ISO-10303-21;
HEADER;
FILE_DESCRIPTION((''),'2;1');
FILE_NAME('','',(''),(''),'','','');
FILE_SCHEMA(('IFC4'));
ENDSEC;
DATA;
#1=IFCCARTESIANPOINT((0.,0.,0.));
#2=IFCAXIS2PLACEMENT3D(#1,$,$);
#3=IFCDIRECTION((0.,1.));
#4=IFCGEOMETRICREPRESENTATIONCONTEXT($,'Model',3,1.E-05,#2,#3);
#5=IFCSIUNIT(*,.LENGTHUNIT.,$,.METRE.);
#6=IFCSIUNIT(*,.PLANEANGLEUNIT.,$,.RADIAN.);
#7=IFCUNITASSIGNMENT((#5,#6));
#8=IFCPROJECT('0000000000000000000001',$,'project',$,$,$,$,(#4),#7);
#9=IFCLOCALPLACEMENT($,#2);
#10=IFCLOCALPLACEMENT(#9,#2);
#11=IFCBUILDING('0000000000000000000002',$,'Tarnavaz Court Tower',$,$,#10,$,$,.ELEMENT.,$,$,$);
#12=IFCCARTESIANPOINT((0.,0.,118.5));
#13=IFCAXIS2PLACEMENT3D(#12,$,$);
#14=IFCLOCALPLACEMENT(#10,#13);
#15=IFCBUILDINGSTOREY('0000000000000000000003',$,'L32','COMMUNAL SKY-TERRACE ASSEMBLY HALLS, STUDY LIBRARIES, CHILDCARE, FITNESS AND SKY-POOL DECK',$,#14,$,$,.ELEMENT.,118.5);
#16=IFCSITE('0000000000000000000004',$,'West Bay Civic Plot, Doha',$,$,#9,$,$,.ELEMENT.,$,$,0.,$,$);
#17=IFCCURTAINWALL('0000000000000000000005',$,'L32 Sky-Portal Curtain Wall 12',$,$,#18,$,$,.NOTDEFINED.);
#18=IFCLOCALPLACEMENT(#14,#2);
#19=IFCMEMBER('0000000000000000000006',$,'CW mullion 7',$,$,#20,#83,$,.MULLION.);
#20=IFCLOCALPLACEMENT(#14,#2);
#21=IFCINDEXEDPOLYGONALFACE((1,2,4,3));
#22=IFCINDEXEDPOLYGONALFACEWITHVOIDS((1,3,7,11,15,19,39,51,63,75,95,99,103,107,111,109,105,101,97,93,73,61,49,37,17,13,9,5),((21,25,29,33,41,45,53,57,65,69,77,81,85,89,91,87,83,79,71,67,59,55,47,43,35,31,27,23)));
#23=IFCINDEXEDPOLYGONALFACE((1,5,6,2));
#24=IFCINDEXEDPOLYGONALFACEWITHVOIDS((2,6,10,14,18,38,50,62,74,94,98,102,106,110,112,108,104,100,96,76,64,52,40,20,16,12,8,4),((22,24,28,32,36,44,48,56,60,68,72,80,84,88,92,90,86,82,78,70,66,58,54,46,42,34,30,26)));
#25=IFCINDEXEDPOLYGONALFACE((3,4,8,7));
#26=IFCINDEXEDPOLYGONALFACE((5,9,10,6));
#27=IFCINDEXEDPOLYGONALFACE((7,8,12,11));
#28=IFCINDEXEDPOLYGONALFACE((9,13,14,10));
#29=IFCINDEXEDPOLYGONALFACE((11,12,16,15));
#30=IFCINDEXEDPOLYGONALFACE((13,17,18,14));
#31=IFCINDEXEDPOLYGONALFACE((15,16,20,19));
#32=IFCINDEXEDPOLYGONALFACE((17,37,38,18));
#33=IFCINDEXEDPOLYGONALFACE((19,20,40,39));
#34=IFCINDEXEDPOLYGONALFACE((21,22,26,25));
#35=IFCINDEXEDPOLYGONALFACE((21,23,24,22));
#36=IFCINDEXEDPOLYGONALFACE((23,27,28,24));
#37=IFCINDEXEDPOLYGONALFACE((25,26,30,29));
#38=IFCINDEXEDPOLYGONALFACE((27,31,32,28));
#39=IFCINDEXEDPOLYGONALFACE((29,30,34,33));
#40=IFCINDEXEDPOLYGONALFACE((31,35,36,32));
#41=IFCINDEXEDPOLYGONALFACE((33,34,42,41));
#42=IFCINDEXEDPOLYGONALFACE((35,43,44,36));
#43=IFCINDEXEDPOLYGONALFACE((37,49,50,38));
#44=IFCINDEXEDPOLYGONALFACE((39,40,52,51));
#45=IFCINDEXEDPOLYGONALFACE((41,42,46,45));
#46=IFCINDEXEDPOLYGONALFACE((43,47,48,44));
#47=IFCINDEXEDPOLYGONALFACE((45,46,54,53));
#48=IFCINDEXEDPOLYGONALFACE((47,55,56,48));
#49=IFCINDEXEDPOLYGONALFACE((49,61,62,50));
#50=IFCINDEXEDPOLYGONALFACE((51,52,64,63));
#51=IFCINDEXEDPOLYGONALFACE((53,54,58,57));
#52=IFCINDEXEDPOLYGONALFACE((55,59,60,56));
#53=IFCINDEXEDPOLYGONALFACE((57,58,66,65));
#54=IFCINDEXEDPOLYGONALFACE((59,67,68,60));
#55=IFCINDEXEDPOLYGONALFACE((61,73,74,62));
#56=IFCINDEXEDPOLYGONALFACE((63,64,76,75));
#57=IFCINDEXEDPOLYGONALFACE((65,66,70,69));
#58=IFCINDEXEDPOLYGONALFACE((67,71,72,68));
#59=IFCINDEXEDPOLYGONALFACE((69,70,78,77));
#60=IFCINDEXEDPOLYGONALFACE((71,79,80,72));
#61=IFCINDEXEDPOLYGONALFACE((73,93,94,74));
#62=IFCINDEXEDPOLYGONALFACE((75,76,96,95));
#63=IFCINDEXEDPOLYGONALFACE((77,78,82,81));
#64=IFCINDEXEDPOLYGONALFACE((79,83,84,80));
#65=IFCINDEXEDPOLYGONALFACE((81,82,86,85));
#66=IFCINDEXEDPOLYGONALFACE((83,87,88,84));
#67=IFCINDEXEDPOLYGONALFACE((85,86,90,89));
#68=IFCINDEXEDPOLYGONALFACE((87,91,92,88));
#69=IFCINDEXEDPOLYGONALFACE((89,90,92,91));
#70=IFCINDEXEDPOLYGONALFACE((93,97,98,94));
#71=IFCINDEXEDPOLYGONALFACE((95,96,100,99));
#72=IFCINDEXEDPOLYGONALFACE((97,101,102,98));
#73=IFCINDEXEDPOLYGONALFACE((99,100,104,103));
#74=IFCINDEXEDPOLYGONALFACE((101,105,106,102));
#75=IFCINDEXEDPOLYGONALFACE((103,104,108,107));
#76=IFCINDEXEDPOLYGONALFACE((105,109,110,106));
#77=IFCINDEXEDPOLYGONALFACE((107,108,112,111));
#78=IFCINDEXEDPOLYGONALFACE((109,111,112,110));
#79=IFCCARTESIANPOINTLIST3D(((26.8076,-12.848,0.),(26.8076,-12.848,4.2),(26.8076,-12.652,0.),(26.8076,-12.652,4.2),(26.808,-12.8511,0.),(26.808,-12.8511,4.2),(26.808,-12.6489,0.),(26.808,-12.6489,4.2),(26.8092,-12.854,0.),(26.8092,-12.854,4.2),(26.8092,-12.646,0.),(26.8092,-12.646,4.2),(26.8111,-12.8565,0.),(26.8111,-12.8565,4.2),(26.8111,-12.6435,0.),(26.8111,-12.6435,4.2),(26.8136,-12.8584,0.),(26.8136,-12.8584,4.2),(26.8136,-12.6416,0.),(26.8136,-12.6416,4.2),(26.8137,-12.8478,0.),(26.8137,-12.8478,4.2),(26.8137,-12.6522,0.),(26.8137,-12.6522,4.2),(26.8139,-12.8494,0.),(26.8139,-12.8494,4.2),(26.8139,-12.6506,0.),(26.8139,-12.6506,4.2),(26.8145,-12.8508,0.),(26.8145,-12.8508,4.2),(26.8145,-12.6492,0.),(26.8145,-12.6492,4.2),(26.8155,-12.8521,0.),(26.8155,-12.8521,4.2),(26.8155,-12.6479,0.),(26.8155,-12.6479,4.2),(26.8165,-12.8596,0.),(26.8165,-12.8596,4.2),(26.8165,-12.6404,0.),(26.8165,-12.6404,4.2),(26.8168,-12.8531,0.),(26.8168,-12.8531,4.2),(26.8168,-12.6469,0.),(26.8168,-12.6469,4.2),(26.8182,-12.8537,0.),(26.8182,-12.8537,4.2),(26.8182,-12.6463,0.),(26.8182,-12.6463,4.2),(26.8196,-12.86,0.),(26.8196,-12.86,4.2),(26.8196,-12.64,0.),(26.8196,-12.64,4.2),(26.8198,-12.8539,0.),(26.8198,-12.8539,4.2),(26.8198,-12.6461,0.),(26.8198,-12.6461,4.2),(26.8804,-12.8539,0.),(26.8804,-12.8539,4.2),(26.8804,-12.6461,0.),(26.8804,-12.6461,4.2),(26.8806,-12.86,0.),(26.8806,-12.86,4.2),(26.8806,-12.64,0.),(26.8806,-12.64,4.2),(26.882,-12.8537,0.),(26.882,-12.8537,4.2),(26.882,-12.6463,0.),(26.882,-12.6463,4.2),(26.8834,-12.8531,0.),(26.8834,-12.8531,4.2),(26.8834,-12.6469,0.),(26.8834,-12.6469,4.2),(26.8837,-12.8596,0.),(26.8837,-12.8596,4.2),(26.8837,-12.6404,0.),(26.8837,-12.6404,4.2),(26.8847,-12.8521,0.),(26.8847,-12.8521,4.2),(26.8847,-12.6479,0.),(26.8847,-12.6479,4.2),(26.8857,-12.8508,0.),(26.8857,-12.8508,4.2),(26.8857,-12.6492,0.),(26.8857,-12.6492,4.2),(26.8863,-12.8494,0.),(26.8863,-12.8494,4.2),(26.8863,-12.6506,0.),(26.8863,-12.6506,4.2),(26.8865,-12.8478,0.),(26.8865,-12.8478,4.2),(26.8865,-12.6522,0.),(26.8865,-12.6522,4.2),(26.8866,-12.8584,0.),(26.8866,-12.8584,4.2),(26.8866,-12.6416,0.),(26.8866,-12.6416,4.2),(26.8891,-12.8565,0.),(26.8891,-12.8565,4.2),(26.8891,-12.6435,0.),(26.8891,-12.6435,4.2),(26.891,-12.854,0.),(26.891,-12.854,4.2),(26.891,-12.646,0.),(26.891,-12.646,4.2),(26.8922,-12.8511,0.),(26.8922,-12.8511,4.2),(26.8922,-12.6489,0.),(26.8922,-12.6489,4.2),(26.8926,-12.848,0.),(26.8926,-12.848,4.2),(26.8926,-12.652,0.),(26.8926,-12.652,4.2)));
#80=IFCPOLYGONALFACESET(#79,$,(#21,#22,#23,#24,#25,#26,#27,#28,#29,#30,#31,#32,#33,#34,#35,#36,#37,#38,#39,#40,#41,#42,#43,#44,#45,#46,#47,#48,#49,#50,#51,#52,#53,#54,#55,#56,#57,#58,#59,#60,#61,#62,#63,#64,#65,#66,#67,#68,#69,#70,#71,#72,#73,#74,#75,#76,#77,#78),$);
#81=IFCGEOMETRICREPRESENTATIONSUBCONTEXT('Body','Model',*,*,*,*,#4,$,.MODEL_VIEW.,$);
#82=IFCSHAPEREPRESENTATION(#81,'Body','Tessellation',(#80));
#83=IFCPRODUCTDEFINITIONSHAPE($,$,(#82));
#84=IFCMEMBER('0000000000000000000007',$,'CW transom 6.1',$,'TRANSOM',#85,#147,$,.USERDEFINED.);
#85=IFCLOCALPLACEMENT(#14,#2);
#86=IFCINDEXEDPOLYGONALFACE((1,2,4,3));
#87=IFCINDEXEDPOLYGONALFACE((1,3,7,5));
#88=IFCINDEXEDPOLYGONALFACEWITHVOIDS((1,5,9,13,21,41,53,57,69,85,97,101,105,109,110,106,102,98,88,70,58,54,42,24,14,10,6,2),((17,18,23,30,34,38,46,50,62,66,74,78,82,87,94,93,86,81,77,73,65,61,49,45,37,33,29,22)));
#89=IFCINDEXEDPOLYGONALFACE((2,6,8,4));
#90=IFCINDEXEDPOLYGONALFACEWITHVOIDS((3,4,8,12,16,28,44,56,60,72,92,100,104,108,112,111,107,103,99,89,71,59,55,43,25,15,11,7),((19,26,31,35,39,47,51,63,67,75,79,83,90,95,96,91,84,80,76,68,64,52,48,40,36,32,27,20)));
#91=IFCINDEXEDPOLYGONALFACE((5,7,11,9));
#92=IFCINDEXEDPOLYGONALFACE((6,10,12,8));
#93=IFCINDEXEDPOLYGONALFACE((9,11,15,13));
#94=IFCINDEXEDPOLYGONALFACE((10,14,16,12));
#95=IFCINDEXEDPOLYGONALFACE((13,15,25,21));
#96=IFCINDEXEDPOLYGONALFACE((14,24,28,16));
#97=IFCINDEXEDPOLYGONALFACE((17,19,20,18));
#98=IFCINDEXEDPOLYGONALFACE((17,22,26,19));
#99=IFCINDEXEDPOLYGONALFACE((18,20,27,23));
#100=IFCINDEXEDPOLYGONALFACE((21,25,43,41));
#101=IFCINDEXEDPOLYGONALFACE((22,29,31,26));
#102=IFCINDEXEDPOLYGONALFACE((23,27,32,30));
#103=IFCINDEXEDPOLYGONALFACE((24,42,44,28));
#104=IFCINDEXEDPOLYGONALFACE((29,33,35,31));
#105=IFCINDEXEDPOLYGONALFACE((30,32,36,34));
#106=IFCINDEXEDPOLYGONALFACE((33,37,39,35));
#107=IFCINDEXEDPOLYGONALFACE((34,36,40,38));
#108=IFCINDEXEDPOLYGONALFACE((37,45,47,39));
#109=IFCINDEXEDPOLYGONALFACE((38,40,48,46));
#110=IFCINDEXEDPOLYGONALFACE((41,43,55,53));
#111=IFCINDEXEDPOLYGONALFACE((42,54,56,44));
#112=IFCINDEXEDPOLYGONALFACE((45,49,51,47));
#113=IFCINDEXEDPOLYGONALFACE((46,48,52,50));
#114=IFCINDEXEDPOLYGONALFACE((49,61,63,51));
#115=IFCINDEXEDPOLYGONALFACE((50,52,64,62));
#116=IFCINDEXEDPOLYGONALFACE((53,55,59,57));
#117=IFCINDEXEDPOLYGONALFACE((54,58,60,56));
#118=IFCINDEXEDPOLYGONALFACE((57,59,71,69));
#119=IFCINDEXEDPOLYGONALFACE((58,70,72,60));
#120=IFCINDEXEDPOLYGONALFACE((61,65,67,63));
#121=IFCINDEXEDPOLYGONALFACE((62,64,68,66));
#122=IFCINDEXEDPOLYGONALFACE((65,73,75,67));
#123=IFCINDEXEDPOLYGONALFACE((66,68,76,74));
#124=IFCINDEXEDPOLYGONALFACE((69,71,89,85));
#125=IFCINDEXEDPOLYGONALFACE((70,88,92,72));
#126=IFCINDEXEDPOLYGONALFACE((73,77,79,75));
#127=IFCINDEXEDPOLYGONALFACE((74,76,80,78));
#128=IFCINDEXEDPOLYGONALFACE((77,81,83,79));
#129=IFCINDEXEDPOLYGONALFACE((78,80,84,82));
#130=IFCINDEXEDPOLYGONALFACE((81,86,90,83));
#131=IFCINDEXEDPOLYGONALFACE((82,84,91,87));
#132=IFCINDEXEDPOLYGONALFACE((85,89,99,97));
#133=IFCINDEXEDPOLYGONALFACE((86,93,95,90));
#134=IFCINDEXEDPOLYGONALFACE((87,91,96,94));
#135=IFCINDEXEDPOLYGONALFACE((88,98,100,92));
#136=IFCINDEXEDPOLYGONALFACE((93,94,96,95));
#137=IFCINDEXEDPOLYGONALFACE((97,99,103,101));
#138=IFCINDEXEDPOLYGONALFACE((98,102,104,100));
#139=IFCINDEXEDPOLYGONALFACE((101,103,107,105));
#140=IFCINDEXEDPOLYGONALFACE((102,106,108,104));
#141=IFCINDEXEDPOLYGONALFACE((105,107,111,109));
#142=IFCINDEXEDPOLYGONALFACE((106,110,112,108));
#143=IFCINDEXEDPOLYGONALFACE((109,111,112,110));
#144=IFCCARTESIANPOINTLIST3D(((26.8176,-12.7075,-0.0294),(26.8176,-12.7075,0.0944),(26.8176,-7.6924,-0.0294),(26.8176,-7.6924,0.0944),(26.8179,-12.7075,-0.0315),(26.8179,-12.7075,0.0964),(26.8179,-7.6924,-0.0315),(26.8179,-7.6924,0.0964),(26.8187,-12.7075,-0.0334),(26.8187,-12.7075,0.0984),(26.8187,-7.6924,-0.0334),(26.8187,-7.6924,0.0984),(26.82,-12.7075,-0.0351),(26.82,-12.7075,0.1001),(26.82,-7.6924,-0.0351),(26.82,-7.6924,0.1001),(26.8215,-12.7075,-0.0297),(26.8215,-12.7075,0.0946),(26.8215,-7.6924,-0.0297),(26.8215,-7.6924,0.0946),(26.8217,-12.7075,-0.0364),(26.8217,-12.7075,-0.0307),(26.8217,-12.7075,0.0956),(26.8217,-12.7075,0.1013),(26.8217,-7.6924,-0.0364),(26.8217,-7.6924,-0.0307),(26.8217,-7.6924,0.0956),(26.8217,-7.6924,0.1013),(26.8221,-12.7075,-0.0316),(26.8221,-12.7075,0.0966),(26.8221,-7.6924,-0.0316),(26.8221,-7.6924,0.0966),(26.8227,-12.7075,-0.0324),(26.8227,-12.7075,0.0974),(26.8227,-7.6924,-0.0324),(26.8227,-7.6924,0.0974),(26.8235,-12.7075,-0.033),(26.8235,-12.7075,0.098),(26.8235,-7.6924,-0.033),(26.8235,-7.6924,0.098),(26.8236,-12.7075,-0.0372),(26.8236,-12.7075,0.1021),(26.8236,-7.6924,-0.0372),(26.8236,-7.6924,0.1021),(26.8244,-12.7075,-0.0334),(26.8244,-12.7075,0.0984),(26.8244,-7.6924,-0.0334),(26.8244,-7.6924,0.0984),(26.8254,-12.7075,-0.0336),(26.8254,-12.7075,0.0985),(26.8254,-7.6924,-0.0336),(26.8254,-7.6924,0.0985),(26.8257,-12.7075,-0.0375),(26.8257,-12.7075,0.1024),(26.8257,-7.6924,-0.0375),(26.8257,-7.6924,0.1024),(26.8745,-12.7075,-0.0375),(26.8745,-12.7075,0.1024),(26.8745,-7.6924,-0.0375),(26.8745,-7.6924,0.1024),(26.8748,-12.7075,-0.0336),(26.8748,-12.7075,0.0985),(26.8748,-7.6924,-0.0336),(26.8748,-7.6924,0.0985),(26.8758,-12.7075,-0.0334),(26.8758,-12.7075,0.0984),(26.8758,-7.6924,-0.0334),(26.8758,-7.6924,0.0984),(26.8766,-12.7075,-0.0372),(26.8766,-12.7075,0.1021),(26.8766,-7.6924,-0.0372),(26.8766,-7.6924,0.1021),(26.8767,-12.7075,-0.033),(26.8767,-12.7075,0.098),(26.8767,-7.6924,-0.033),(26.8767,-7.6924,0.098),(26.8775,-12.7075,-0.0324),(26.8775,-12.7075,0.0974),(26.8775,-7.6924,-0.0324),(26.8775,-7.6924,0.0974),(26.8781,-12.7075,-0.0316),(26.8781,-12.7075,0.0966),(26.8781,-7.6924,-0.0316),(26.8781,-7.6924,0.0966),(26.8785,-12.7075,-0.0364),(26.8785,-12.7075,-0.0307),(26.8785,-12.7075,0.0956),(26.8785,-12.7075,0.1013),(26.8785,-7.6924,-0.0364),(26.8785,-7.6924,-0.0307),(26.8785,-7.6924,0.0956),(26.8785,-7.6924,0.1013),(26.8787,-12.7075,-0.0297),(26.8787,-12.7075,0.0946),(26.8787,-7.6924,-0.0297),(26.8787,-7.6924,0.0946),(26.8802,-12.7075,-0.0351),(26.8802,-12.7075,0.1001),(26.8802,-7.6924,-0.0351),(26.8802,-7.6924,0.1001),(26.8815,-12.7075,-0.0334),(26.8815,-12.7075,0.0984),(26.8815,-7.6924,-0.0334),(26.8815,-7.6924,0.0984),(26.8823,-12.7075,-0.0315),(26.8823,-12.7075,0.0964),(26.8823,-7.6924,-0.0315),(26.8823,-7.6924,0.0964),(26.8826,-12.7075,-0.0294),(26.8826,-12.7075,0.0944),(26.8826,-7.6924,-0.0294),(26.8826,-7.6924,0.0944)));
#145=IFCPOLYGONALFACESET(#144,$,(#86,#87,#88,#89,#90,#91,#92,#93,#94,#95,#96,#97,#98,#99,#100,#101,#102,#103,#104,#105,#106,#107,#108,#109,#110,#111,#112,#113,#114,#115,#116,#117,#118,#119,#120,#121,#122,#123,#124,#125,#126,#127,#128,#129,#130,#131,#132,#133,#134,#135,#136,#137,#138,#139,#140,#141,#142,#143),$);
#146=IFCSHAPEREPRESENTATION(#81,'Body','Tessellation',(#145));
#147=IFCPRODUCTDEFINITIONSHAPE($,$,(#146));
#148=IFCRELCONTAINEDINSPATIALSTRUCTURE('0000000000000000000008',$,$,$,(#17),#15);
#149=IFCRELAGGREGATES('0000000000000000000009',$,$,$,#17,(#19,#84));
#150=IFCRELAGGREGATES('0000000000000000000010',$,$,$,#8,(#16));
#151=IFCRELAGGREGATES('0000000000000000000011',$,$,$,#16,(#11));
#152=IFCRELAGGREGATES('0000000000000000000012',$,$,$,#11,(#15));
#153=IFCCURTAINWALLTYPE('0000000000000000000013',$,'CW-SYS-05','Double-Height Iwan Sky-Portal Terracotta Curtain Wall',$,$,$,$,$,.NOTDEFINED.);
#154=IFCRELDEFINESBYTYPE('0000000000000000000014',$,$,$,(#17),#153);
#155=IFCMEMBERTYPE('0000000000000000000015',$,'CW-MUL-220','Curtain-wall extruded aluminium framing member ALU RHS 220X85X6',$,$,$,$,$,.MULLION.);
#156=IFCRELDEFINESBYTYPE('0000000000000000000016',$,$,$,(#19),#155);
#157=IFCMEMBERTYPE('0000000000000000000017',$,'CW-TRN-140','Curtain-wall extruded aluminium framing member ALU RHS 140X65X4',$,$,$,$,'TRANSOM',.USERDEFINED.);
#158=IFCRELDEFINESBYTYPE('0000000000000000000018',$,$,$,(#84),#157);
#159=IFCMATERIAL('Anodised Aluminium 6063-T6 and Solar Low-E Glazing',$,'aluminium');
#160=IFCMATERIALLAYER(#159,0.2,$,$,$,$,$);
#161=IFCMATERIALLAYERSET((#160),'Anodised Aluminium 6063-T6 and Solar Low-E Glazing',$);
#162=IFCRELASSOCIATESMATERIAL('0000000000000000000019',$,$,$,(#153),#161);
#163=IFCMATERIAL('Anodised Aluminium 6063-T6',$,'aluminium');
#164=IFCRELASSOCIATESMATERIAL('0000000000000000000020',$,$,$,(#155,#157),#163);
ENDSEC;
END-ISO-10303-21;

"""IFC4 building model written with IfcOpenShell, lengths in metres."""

from ifc_helpers import new_model, si_unit, direction, frame, origin, origin_2d, place, context, subcontext, project, spatial, hollow_rectangle, extrude, material, layer, layer_set, material_profile, profile_set, type_object, element, aggregate, save


model = new_model("IFC4")

# Units and contexts
model_context = context("Model", 3, precision=1e-05, world=origin(), true_north=direction((0.0, 1.0)))
body_context = subcontext(model_context, "Body", "Model", "MODEL_VIEW")
ifc_project = project(units=[si_unit("LENGTHUNIT", "METRE"), si_unit("PLANEANGLEUNIT", "RADIAN")], contexts=[model_context])

# Site, building, storey
site_placement = place(None, origin())
site = spatial("IfcSite", under=ifc_project, at=site_placement, Name="West Bay Civic Plot, Doha", CompositionType="ELEMENT", RefElevation=0.0)
building_placement = place(site_placement, origin())
building = spatial("IfcBuilding", under=site, at=building_placement, Name="Tarnavaz Court Tower", CompositionType="ELEMENT")
storey_placement = place(building_placement, frame((0.0, 0.0, 118.5)))
storey = spatial("IfcBuildingStorey", under=building, at=storey_placement, Name="L32", Description="COMMUNAL SKY-TERRACE ASSEMBLY HALLS, STUDY LIBRARIES, CHILDCARE, FITNESS AND SKY-POOL DECK", CompositionType="ELEMENT", Elevation=118.5)

# Curtain wall, members
ifc_material_1 = material(Name="Anodised Aluminium 6063-T6 and Solar Low-E Glazing", Category="aluminium")
ifc_layer_1 = layer(ifc_material_1, 0.2)
ifc_layer_set_1 = layer_set([ifc_layer_1], Name="Anodised Aluminium 6063-T6 and Solar Low-E Glazing")
curtain_wall_type = type_object("IfcCurtainWallType", Name="CW-SYS-05", Description="Double-Height Iwan Sky-Portal Terracotta Curtain Wall", PredefinedType="NOTDEFINED", material=ifc_layer_set_1)
curtain_wall_placement = place(storey_placement, origin())
curtain_wall = element("IfcCurtainWall", 1, at=curtain_wall_placement, inside=storey, type_object=curtain_wall_type, Name="L32 Sky-Portal Curtain Wall 12", PredefinedType="NOTDEFINED")
ifc_material_2 = material(Name="Anodised Aluminium 6063-T6", Category="aluminium")
ifc_material_profile_1 = material_profile(ifc_material_2, hollow_rectangle(XDim=0.085, YDim=0.22, WallThickness=0.0061, InnerFilletRadius=0.0061, OuterFilletRadius=0.012, at=origin_2d()), Name="ALU RHS 220X85X6")
ifc_profile_set_1 = profile_set([ifc_material_profile_1], Name="Anodised Aluminium 6063-T6")
member_type_1 = type_object("IfcMemberType", Name="CW-MUL-220", Description="Curtain-wall extruded aluminium framing member ALU RHS 220X85X6", PredefinedType="MULLION", material=ifc_profile_set_1)
member_1_placement = place(storey_placement, frame((26.8501, -12.75, 0.0), z_axis=(0.0, 0.0, 1.0), x_axis=(1.0, 0.0, 0.0)))
member_1 = element("IfcMember", 2, at=member_1_placement, type_object=member_type_1, Name="CW mullion 7", PredefinedType="MULLION", context=body_context, shape_type="SweptSolid", body=[
    extrude(hollow_rectangle(XDim=0.085, YDim=0.22, WallThickness=0.0061, InnerFilletRadius=0.0061, OuterFilletRadius=0.012, at=origin_2d()), origin(), (0.0, 0.0, 1.0), 4.2),
])
ifc_material_profile_2 = material_profile(ifc_material_2, hollow_rectangle(XDim=0.0649, YDim=0.1399, WallThickness=0.0039, InnerFilletRadius=0.0039, OuterFilletRadius=0.0081, at=origin_2d()), Name="ALU RHS 140X65X4")
ifc_profile_set_2 = profile_set([ifc_material_profile_2], Name="Anodised Aluminium 6063-T6")
member_type_2 = type_object("IfcMemberType", Name="CW-TRN-140", Description="Curtain-wall extruded aluminium framing member ALU RHS 140X65X4", ElementType="TRANSOM", PredefinedType="USERDEFINED", material=ifc_profile_set_2)
member_2_placement = place(storey_placement, frame((26.8501, -7.6924, 0.0325), z_axis=(0.0, -1.0, 0.0), x_axis=(1.0, 0.0, 0.0)))
member_2 = element("IfcMember", 3, at=member_2_placement, type_object=member_type_2, Name="CW transom 6.1", ObjectType="TRANSOM", PredefinedType="USERDEFINED", context=body_context, shape_type="SweptSolid", body=[
    extrude(hollow_rectangle(XDim=0.0649, YDim=0.1399, WallThickness=0.0039, InnerFilletRadius=0.0039, OuterFilletRadius=0.0081, at=origin_2d()), origin(), (0.0, 0.0, 1.0), 5.0151),
])
aggregate(curtain_wall, [member_1, member_2])

save(model, "model.ifc")
